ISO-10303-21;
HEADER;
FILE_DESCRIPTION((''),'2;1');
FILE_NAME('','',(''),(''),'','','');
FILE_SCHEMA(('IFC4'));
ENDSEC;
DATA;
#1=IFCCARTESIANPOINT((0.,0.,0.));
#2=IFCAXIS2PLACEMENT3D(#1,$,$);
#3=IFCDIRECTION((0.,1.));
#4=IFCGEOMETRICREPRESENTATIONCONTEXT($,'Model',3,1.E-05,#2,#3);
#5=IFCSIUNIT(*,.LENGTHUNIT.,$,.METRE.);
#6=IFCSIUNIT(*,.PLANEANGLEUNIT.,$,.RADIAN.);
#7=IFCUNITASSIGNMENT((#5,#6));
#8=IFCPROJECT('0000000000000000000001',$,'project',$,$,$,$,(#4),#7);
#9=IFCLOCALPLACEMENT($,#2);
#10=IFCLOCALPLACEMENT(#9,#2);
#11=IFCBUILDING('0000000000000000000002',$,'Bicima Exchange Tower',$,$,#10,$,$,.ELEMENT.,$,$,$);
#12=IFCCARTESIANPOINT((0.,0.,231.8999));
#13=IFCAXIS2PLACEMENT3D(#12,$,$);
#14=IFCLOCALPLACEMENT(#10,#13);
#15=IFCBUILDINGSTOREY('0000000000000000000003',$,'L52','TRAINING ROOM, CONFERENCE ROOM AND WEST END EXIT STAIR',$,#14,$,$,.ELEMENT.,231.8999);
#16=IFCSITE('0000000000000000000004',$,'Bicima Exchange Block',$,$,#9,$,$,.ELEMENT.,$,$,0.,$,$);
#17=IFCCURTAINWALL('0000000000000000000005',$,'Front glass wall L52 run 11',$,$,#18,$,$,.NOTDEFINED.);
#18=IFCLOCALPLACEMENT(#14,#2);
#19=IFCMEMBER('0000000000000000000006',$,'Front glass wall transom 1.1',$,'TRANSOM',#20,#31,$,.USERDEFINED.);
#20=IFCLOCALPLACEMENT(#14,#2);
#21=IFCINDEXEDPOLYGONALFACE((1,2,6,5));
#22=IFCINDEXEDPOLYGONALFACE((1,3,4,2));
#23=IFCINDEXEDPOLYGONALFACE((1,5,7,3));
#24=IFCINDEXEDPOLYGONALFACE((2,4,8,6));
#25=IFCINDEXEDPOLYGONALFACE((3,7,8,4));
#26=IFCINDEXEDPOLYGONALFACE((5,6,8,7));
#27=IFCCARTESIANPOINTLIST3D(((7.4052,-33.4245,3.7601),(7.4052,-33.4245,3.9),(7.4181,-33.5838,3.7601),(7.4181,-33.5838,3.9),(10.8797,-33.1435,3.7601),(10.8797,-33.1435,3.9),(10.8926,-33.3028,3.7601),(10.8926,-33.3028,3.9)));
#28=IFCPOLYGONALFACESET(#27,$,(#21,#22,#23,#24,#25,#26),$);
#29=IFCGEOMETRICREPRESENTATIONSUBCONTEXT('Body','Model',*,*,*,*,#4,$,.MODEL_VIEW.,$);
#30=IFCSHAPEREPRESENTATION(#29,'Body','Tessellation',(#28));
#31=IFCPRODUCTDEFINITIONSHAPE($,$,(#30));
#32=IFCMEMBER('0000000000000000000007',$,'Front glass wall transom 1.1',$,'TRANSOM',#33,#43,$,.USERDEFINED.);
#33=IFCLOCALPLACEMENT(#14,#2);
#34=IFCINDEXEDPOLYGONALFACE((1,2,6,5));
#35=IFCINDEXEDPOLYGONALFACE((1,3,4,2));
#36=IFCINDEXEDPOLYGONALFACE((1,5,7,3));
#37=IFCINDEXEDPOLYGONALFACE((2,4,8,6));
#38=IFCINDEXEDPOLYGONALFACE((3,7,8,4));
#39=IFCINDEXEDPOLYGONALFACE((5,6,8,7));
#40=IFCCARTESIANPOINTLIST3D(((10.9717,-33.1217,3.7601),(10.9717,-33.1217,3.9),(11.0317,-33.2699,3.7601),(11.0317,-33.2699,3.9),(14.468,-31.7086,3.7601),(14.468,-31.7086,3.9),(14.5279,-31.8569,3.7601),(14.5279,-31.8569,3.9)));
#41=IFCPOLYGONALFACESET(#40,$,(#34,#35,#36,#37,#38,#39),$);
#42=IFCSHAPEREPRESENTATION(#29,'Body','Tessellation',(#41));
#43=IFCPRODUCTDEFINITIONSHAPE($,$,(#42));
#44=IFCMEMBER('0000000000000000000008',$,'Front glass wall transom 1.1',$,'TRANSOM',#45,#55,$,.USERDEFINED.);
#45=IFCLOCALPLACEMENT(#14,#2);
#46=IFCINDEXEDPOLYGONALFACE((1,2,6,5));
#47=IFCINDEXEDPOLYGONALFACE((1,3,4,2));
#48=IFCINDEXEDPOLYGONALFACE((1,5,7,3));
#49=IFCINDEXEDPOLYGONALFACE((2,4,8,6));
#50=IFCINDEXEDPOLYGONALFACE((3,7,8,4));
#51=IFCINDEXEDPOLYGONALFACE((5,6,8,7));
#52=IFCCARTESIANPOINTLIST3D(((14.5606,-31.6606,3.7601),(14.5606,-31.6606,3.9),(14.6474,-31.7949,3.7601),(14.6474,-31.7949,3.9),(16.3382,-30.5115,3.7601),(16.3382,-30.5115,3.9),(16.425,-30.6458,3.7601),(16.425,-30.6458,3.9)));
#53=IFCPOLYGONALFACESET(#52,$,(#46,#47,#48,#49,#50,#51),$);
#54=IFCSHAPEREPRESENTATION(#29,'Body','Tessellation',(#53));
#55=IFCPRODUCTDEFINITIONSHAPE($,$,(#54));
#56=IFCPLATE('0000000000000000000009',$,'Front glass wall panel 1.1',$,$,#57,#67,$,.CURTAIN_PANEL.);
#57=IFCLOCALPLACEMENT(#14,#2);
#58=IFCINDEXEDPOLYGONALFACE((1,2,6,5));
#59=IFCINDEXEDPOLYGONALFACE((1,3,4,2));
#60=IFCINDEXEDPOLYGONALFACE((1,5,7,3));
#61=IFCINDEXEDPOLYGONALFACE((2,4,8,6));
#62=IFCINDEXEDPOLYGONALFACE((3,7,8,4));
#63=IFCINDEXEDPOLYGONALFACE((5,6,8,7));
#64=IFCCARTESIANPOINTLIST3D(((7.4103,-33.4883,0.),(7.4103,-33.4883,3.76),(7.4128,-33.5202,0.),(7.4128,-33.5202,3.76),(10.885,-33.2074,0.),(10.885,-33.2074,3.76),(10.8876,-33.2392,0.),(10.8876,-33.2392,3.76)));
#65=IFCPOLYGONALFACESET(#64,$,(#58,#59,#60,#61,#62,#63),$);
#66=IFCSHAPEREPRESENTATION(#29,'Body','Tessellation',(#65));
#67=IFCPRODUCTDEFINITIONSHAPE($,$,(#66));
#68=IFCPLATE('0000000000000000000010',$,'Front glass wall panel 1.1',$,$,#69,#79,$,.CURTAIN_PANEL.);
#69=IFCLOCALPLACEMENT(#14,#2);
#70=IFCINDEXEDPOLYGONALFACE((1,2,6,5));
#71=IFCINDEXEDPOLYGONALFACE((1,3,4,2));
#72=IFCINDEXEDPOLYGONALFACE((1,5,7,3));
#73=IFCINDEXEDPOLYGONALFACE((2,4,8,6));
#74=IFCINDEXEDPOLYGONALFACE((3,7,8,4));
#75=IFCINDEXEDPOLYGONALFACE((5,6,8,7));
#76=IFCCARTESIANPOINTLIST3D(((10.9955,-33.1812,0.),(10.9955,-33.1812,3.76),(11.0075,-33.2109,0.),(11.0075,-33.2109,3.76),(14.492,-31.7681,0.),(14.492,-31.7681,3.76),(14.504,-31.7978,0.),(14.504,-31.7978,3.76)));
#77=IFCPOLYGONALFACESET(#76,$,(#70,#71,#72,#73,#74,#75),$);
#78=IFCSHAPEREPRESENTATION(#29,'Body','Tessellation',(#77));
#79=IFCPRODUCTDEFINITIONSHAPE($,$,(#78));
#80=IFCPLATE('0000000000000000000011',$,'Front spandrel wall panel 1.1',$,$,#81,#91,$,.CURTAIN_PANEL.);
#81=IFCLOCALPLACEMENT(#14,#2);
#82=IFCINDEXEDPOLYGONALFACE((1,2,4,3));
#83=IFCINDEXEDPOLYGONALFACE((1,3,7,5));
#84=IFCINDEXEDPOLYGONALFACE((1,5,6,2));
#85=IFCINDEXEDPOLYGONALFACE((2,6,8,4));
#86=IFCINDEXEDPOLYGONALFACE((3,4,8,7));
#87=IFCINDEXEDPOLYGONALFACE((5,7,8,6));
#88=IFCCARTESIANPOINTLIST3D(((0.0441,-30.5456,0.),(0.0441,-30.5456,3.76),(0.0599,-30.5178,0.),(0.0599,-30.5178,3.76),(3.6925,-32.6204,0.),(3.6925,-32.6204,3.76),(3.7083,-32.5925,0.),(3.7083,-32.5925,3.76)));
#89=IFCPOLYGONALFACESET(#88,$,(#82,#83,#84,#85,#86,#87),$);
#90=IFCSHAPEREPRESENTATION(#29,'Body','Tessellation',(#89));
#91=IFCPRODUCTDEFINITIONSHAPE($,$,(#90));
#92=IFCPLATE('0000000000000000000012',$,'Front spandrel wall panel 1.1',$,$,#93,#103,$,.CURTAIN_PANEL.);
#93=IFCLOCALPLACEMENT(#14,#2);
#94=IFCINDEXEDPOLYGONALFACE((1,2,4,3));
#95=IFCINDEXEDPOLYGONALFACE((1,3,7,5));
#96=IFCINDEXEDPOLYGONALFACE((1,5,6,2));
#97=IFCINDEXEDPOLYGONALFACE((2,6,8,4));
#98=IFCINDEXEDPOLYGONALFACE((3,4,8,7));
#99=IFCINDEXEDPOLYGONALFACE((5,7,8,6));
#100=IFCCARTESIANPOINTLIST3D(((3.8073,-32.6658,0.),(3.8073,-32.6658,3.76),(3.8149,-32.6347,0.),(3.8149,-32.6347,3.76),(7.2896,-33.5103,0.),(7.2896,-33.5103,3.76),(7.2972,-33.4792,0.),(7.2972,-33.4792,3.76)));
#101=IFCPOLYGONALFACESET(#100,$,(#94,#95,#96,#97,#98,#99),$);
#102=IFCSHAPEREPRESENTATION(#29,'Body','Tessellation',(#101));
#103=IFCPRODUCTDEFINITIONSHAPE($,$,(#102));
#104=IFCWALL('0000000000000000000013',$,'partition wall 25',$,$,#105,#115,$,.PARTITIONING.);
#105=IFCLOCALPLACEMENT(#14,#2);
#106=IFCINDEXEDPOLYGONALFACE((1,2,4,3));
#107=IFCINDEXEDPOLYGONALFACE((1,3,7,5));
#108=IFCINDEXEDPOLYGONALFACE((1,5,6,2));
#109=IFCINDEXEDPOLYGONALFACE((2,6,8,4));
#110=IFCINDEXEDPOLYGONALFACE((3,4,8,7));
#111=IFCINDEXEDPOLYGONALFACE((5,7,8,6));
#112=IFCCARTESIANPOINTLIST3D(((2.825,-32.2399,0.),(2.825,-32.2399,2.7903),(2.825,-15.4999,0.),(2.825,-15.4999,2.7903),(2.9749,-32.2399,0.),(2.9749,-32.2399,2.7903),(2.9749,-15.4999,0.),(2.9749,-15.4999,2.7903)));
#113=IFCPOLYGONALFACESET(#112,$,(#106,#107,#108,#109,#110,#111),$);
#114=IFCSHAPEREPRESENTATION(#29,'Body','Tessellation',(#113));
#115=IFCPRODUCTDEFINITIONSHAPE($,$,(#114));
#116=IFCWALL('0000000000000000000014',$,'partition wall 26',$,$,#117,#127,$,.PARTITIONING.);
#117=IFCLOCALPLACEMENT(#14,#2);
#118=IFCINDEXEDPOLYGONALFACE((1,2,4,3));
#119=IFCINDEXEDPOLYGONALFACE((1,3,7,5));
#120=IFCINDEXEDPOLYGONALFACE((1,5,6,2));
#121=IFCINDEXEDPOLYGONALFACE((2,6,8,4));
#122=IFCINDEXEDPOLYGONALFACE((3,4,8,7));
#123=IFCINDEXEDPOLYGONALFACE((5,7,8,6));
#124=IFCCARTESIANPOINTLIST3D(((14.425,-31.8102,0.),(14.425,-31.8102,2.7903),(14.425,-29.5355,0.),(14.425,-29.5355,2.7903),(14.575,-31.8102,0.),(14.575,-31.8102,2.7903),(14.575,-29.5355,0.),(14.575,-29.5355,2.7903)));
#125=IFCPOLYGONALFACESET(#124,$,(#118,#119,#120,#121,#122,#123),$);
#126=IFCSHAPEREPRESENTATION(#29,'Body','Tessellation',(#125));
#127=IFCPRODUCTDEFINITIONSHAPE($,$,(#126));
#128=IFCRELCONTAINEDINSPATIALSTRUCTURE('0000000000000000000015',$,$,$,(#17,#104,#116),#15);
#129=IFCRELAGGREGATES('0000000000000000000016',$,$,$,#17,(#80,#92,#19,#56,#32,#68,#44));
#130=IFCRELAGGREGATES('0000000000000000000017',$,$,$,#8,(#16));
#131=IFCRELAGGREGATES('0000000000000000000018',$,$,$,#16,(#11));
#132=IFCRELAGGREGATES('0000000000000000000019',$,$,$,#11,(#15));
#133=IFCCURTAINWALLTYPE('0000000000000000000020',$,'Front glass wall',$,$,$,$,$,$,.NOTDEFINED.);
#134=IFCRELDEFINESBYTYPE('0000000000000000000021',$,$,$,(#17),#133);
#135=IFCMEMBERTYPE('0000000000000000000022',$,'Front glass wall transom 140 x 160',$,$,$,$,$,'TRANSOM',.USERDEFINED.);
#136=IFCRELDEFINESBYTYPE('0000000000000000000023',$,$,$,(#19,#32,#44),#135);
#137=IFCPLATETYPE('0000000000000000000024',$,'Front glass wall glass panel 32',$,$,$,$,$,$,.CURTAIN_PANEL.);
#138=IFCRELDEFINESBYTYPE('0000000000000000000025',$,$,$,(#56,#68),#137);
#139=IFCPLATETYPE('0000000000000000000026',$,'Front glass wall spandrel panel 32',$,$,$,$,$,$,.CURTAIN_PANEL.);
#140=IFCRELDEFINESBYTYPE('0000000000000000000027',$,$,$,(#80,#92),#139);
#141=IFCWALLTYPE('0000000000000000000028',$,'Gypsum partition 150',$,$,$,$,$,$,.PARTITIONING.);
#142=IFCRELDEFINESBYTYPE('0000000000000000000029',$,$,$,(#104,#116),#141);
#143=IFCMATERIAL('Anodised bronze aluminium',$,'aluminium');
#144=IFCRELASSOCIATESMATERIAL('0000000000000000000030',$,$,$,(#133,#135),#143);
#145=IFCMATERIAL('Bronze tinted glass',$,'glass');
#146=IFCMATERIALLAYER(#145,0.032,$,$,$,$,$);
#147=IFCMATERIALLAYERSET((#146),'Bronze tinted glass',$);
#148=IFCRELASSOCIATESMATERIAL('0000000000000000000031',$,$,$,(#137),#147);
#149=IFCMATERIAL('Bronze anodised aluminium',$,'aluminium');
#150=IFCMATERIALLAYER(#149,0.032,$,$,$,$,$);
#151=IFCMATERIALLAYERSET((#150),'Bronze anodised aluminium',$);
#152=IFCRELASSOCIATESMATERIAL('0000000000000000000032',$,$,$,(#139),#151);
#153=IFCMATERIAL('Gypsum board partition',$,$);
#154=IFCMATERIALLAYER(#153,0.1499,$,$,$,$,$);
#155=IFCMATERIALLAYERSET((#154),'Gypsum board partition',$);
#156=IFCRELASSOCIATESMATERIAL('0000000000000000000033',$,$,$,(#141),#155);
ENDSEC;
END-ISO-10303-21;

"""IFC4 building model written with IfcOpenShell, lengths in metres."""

from ifc_helpers import new_model, si_unit, direction, frame, frame_2d, origin, origin_2d, place, context, subcontext, project, spatial, rectangle, extrude, material, layer, layer_set, material_profile, profile_set, type_object, element, aggregate, save


model = new_model("IFC4")

# Units and contexts
model_context = context("Model", 3, precision=1e-05, world=origin(), true_north=direction((0.0, 1.0)))
body_context = subcontext(model_context, "Body", "Model", "MODEL_VIEW")
ifc_project = project(units=[si_unit("LENGTHUNIT", "METRE"), si_unit("PLANEANGLEUNIT", "RADIAN")], contexts=[model_context])

# Site, building, storey
site_placement = place(None, origin())
site = spatial("IfcSite", under=ifc_project, at=site_placement, Name="Bicima Exchange Block", CompositionType="ELEMENT", RefElevation=0.0)
building_placement = place(site_placement, origin())
building = spatial("IfcBuilding", under=site, at=building_placement, Name="Bicima Exchange Tower", CompositionType="ELEMENT")
storey_placement = place(building_placement, frame((0.0, 0.0, 231.8999)))
storey = spatial("IfcBuildingStorey", under=building, at=storey_placement, Name="L52", Description="TRAINING ROOM, CONFERENCE ROOM AND WEST END EXIT STAIR", CompositionType="ELEMENT", Elevation=231.8999)

# Curtain wall, members, plates
ifc_material_1 = material(Name="Anodised bronze aluminium", Category="aluminium")
curtain_wall_type = type_object("IfcCurtainWallType", Name="Front glass wall", PredefinedType="NOTDEFINED", material=ifc_material_1)
curtain_wall_placement = place(storey_placement, origin())
curtain_wall = element("IfcCurtainWall", 1, at=curtain_wall_placement, inside=storey, type_object=curtain_wall_type, Name="Front glass wall L52 run 11", PredefinedType="NOTDEFINED")
ifc_material_profile_1 = material_profile(ifc_material_1, rectangle(XDim=0.1599, YDim=0.1399, at=origin_2d()))
ifc_profile_set_1 = profile_set([ifc_material_profile_1], Name="Anodised bronze aluminium")
member_type_1 = type_object("IfcMemberType", Name="Front glass wall transom 140 x 160", ElementType="TRANSOM", PredefinedType="USERDEFINED", material=ifc_profile_set_1)
member_1_placement = place(storey_placement, frame((7.4116, -33.5042, 3.8301), z_axis=(0.996746, 0.080611, 0.0), x_axis=(-0.080611, 0.996746, 0.0)))
member_1 = element("IfcMember", 2, at=member_1_placement, type_object=member_type_1, Name="Front glass wall transom 1.1", ObjectType="TRANSOM", PredefinedType="USERDEFINED", context=body_context, shape_type="SweptSolid", body=[
    extrude(rectangle(XDim=0.1599, YDim=0.1399, at=origin_2d()), origin(), (0.0, 0.0, 1.0), 3.4858),
])
member_2_placement = place(storey_placement, frame((11.0017, -33.1958, 3.8301), z_axis=(0.92714, 0.374715, 0.0), x_axis=(-0.374715, 0.92714, 0.0)))
member_2 = element("IfcMember", 3, at=member_2_placement, type_object=member_type_1, Name="Front glass wall transom 1.1", ObjectType="TRANSOM", PredefinedType="USERDEFINED", context=body_context, shape_type="SweptSolid", body=[
    extrude(rectangle(XDim=0.1599, YDim=0.1399, at=origin_2d()), origin(), (0.0, 0.0, 1.0), 3.771),
])
member_3_placement = place(storey_placement, frame((14.604, -31.7278, 3.8301), z_axis=(0.839793, 0.542907, 0.0), x_axis=(-0.542907, 0.839793, 0.0)))
member_3 = element("IfcMember", 4, at=member_3_placement, type_object=member_type_1, Name="Front glass wall transom 1.1", ObjectType="TRANSOM", PredefinedType="USERDEFINED", context=body_context, shape_type="SweptSolid", body=[
    extrude(rectangle(XDim=0.1599, YDim=0.1399, at=origin_2d()), origin(), (0.0, 0.0, 1.0), 2.1167),
])
ifc_material_2 = material(Name="Bronze tinted glass", Category="glass")
ifc_layer_1 = layer(ifc_material_2, 0.032)
ifc_layer_set_1 = layer_set([ifc_layer_1], Name="Bronze tinted glass")
plate_type_1 = type_object("IfcPlateType", Name="Front glass wall glass panel 32", PredefinedType="CURTAIN_PANEL", material=ifc_layer_set_1)
plate_1_placement = place(storey_placement, frame((9.1489, -33.3638, 0.0), z_axis=(0.0, 0.0, 1.0), x_axis=(0.996747, 0.080589, 0.0)))
plate_1 = element("IfcPlate", 5, at=plate_1_placement, type_object=plate_type_1, Name="Front glass wall panel 1.1", PredefinedType="CURTAIN_PANEL", context=body_context, shape_type="SweptSolid", body=[
    extrude(rectangle(XDim=3.4861, YDim=0.032, at=origin_2d()), origin(), (0.0, 0.0, 1.0), 3.76),
])
plate_2_placement = place(storey_placement, frame((12.7498, -32.4895, 0.0), z_axis=(0.0, 0.0, 1.0), x_axis=(0.927144, 0.374705, 0.0)))
plate_2 = element("IfcPlate", 6, at=plate_2_placement, type_object=plate_type_1, Name="Front glass wall panel 1.1", PredefinedType="CURTAIN_PANEL", context=body_context, shape_type="SweptSolid", body=[
    extrude(rectangle(XDim=3.7712, YDim=0.032, at=origin_2d()), origin(), (0.0, 0.0, 1.0), 3.76),
])
ifc_material_3 = material(Name="Bronze anodised aluminium", Category="aluminium")
ifc_layer_2 = layer(ifc_material_3, 0.032)
ifc_layer_set_2 = layer_set([ifc_layer_2], Name="Bronze anodised aluminium")
plate_type_2 = type_object("IfcPlateType", Name="Front glass wall spandrel panel 32", PredefinedType="CURTAIN_PANEL", material=ifc_layer_set_2)
plate_3_placement = place(storey_placement, frame((1.8762, -31.5691, 0.0), z_axis=(0.0, 0.0, 1.0), x_axis=(0.869274, -0.49433, 0.0)))
plate_3 = element("IfcPlate", 7, at=plate_3_placement, type_object=plate_type_2, Name="Front spandrel wall panel 1.1", PredefinedType="CURTAIN_PANEL", context=body_context, shape_type="SweptSolid", body=[
    extrude(rectangle(XDim=4.197, YDim=0.032, at=origin_2d()), origin(), (0.0, 0.0, 1.0), 3.76),
])
plate_4_placement = place(storey_placement, frame((5.5522, -33.0725, 0.0), z_axis=(0.0, 0.0, 1.0), x_axis=(0.97183, -0.235682, 0.0)))
plate_4 = element("IfcPlate", 8, at=plate_4_placement, type_object=plate_type_2, Name="Front spandrel wall panel 1.1", PredefinedType="CURTAIN_PANEL", context=body_context, shape_type="SweptSolid", body=[
    extrude(rectangle(XDim=3.5833, YDim=0.032, at=origin_2d()), origin(), (0.0, 0.0, 1.0), 3.76),
])
aggregate(curtain_wall, [plate_3, plate_4, member_1, plate_1, member_2, plate_2, member_3])

# Walls
ifc_material_4 = material(Name="Gypsum board partition")
ifc_layer_3 = layer(ifc_material_4, 0.1499)
ifc_layer_set_3 = layer_set([ifc_layer_3], Name="Gypsum board partition")
wall_type = type_object("IfcWallType", Name="Gypsum partition 150", PredefinedType="PARTITIONING", material=ifc_layer_set_3)
wall_1_placement = place(storey_placement, frame((2.8999, -32.24, 0.0), z_axis=(0.0, 0.0, 1.0), x_axis=(0.0, 1.0, 0.0)))
element("IfcWall", 9, at=wall_1_placement, inside=storey, type_object=wall_type, Name="partition wall 25", PredefinedType="PARTITIONING", context=body_context, shape_type="SweptSolid", body=[
    extrude(rectangle(XDim=16.74, YDim=0.1499, at=frame_2d((8.3701, 0.0))), origin(), (0.0, 0.0, 1.0), 2.7903),
])
wall_2_placement = place(storey_placement, frame((14.5, -31.8101, 0.0), z_axis=(0.0, 0.0, 1.0), x_axis=(0.0, 1.0, 0.0)))
element("IfcWall", 10, at=wall_2_placement, inside=storey, type_object=wall_type, Name="partition wall 26", PredefinedType="PARTITIONING", context=body_context, shape_type="SweptSolid", body=[
    extrude(rectangle(XDim=2.2747, YDim=0.1499, at=frame_2d((1.1372, 0.0))), origin(), (0.0, 0.0, 1.0), 2.7903),
])

save(model, "model.ifc")
